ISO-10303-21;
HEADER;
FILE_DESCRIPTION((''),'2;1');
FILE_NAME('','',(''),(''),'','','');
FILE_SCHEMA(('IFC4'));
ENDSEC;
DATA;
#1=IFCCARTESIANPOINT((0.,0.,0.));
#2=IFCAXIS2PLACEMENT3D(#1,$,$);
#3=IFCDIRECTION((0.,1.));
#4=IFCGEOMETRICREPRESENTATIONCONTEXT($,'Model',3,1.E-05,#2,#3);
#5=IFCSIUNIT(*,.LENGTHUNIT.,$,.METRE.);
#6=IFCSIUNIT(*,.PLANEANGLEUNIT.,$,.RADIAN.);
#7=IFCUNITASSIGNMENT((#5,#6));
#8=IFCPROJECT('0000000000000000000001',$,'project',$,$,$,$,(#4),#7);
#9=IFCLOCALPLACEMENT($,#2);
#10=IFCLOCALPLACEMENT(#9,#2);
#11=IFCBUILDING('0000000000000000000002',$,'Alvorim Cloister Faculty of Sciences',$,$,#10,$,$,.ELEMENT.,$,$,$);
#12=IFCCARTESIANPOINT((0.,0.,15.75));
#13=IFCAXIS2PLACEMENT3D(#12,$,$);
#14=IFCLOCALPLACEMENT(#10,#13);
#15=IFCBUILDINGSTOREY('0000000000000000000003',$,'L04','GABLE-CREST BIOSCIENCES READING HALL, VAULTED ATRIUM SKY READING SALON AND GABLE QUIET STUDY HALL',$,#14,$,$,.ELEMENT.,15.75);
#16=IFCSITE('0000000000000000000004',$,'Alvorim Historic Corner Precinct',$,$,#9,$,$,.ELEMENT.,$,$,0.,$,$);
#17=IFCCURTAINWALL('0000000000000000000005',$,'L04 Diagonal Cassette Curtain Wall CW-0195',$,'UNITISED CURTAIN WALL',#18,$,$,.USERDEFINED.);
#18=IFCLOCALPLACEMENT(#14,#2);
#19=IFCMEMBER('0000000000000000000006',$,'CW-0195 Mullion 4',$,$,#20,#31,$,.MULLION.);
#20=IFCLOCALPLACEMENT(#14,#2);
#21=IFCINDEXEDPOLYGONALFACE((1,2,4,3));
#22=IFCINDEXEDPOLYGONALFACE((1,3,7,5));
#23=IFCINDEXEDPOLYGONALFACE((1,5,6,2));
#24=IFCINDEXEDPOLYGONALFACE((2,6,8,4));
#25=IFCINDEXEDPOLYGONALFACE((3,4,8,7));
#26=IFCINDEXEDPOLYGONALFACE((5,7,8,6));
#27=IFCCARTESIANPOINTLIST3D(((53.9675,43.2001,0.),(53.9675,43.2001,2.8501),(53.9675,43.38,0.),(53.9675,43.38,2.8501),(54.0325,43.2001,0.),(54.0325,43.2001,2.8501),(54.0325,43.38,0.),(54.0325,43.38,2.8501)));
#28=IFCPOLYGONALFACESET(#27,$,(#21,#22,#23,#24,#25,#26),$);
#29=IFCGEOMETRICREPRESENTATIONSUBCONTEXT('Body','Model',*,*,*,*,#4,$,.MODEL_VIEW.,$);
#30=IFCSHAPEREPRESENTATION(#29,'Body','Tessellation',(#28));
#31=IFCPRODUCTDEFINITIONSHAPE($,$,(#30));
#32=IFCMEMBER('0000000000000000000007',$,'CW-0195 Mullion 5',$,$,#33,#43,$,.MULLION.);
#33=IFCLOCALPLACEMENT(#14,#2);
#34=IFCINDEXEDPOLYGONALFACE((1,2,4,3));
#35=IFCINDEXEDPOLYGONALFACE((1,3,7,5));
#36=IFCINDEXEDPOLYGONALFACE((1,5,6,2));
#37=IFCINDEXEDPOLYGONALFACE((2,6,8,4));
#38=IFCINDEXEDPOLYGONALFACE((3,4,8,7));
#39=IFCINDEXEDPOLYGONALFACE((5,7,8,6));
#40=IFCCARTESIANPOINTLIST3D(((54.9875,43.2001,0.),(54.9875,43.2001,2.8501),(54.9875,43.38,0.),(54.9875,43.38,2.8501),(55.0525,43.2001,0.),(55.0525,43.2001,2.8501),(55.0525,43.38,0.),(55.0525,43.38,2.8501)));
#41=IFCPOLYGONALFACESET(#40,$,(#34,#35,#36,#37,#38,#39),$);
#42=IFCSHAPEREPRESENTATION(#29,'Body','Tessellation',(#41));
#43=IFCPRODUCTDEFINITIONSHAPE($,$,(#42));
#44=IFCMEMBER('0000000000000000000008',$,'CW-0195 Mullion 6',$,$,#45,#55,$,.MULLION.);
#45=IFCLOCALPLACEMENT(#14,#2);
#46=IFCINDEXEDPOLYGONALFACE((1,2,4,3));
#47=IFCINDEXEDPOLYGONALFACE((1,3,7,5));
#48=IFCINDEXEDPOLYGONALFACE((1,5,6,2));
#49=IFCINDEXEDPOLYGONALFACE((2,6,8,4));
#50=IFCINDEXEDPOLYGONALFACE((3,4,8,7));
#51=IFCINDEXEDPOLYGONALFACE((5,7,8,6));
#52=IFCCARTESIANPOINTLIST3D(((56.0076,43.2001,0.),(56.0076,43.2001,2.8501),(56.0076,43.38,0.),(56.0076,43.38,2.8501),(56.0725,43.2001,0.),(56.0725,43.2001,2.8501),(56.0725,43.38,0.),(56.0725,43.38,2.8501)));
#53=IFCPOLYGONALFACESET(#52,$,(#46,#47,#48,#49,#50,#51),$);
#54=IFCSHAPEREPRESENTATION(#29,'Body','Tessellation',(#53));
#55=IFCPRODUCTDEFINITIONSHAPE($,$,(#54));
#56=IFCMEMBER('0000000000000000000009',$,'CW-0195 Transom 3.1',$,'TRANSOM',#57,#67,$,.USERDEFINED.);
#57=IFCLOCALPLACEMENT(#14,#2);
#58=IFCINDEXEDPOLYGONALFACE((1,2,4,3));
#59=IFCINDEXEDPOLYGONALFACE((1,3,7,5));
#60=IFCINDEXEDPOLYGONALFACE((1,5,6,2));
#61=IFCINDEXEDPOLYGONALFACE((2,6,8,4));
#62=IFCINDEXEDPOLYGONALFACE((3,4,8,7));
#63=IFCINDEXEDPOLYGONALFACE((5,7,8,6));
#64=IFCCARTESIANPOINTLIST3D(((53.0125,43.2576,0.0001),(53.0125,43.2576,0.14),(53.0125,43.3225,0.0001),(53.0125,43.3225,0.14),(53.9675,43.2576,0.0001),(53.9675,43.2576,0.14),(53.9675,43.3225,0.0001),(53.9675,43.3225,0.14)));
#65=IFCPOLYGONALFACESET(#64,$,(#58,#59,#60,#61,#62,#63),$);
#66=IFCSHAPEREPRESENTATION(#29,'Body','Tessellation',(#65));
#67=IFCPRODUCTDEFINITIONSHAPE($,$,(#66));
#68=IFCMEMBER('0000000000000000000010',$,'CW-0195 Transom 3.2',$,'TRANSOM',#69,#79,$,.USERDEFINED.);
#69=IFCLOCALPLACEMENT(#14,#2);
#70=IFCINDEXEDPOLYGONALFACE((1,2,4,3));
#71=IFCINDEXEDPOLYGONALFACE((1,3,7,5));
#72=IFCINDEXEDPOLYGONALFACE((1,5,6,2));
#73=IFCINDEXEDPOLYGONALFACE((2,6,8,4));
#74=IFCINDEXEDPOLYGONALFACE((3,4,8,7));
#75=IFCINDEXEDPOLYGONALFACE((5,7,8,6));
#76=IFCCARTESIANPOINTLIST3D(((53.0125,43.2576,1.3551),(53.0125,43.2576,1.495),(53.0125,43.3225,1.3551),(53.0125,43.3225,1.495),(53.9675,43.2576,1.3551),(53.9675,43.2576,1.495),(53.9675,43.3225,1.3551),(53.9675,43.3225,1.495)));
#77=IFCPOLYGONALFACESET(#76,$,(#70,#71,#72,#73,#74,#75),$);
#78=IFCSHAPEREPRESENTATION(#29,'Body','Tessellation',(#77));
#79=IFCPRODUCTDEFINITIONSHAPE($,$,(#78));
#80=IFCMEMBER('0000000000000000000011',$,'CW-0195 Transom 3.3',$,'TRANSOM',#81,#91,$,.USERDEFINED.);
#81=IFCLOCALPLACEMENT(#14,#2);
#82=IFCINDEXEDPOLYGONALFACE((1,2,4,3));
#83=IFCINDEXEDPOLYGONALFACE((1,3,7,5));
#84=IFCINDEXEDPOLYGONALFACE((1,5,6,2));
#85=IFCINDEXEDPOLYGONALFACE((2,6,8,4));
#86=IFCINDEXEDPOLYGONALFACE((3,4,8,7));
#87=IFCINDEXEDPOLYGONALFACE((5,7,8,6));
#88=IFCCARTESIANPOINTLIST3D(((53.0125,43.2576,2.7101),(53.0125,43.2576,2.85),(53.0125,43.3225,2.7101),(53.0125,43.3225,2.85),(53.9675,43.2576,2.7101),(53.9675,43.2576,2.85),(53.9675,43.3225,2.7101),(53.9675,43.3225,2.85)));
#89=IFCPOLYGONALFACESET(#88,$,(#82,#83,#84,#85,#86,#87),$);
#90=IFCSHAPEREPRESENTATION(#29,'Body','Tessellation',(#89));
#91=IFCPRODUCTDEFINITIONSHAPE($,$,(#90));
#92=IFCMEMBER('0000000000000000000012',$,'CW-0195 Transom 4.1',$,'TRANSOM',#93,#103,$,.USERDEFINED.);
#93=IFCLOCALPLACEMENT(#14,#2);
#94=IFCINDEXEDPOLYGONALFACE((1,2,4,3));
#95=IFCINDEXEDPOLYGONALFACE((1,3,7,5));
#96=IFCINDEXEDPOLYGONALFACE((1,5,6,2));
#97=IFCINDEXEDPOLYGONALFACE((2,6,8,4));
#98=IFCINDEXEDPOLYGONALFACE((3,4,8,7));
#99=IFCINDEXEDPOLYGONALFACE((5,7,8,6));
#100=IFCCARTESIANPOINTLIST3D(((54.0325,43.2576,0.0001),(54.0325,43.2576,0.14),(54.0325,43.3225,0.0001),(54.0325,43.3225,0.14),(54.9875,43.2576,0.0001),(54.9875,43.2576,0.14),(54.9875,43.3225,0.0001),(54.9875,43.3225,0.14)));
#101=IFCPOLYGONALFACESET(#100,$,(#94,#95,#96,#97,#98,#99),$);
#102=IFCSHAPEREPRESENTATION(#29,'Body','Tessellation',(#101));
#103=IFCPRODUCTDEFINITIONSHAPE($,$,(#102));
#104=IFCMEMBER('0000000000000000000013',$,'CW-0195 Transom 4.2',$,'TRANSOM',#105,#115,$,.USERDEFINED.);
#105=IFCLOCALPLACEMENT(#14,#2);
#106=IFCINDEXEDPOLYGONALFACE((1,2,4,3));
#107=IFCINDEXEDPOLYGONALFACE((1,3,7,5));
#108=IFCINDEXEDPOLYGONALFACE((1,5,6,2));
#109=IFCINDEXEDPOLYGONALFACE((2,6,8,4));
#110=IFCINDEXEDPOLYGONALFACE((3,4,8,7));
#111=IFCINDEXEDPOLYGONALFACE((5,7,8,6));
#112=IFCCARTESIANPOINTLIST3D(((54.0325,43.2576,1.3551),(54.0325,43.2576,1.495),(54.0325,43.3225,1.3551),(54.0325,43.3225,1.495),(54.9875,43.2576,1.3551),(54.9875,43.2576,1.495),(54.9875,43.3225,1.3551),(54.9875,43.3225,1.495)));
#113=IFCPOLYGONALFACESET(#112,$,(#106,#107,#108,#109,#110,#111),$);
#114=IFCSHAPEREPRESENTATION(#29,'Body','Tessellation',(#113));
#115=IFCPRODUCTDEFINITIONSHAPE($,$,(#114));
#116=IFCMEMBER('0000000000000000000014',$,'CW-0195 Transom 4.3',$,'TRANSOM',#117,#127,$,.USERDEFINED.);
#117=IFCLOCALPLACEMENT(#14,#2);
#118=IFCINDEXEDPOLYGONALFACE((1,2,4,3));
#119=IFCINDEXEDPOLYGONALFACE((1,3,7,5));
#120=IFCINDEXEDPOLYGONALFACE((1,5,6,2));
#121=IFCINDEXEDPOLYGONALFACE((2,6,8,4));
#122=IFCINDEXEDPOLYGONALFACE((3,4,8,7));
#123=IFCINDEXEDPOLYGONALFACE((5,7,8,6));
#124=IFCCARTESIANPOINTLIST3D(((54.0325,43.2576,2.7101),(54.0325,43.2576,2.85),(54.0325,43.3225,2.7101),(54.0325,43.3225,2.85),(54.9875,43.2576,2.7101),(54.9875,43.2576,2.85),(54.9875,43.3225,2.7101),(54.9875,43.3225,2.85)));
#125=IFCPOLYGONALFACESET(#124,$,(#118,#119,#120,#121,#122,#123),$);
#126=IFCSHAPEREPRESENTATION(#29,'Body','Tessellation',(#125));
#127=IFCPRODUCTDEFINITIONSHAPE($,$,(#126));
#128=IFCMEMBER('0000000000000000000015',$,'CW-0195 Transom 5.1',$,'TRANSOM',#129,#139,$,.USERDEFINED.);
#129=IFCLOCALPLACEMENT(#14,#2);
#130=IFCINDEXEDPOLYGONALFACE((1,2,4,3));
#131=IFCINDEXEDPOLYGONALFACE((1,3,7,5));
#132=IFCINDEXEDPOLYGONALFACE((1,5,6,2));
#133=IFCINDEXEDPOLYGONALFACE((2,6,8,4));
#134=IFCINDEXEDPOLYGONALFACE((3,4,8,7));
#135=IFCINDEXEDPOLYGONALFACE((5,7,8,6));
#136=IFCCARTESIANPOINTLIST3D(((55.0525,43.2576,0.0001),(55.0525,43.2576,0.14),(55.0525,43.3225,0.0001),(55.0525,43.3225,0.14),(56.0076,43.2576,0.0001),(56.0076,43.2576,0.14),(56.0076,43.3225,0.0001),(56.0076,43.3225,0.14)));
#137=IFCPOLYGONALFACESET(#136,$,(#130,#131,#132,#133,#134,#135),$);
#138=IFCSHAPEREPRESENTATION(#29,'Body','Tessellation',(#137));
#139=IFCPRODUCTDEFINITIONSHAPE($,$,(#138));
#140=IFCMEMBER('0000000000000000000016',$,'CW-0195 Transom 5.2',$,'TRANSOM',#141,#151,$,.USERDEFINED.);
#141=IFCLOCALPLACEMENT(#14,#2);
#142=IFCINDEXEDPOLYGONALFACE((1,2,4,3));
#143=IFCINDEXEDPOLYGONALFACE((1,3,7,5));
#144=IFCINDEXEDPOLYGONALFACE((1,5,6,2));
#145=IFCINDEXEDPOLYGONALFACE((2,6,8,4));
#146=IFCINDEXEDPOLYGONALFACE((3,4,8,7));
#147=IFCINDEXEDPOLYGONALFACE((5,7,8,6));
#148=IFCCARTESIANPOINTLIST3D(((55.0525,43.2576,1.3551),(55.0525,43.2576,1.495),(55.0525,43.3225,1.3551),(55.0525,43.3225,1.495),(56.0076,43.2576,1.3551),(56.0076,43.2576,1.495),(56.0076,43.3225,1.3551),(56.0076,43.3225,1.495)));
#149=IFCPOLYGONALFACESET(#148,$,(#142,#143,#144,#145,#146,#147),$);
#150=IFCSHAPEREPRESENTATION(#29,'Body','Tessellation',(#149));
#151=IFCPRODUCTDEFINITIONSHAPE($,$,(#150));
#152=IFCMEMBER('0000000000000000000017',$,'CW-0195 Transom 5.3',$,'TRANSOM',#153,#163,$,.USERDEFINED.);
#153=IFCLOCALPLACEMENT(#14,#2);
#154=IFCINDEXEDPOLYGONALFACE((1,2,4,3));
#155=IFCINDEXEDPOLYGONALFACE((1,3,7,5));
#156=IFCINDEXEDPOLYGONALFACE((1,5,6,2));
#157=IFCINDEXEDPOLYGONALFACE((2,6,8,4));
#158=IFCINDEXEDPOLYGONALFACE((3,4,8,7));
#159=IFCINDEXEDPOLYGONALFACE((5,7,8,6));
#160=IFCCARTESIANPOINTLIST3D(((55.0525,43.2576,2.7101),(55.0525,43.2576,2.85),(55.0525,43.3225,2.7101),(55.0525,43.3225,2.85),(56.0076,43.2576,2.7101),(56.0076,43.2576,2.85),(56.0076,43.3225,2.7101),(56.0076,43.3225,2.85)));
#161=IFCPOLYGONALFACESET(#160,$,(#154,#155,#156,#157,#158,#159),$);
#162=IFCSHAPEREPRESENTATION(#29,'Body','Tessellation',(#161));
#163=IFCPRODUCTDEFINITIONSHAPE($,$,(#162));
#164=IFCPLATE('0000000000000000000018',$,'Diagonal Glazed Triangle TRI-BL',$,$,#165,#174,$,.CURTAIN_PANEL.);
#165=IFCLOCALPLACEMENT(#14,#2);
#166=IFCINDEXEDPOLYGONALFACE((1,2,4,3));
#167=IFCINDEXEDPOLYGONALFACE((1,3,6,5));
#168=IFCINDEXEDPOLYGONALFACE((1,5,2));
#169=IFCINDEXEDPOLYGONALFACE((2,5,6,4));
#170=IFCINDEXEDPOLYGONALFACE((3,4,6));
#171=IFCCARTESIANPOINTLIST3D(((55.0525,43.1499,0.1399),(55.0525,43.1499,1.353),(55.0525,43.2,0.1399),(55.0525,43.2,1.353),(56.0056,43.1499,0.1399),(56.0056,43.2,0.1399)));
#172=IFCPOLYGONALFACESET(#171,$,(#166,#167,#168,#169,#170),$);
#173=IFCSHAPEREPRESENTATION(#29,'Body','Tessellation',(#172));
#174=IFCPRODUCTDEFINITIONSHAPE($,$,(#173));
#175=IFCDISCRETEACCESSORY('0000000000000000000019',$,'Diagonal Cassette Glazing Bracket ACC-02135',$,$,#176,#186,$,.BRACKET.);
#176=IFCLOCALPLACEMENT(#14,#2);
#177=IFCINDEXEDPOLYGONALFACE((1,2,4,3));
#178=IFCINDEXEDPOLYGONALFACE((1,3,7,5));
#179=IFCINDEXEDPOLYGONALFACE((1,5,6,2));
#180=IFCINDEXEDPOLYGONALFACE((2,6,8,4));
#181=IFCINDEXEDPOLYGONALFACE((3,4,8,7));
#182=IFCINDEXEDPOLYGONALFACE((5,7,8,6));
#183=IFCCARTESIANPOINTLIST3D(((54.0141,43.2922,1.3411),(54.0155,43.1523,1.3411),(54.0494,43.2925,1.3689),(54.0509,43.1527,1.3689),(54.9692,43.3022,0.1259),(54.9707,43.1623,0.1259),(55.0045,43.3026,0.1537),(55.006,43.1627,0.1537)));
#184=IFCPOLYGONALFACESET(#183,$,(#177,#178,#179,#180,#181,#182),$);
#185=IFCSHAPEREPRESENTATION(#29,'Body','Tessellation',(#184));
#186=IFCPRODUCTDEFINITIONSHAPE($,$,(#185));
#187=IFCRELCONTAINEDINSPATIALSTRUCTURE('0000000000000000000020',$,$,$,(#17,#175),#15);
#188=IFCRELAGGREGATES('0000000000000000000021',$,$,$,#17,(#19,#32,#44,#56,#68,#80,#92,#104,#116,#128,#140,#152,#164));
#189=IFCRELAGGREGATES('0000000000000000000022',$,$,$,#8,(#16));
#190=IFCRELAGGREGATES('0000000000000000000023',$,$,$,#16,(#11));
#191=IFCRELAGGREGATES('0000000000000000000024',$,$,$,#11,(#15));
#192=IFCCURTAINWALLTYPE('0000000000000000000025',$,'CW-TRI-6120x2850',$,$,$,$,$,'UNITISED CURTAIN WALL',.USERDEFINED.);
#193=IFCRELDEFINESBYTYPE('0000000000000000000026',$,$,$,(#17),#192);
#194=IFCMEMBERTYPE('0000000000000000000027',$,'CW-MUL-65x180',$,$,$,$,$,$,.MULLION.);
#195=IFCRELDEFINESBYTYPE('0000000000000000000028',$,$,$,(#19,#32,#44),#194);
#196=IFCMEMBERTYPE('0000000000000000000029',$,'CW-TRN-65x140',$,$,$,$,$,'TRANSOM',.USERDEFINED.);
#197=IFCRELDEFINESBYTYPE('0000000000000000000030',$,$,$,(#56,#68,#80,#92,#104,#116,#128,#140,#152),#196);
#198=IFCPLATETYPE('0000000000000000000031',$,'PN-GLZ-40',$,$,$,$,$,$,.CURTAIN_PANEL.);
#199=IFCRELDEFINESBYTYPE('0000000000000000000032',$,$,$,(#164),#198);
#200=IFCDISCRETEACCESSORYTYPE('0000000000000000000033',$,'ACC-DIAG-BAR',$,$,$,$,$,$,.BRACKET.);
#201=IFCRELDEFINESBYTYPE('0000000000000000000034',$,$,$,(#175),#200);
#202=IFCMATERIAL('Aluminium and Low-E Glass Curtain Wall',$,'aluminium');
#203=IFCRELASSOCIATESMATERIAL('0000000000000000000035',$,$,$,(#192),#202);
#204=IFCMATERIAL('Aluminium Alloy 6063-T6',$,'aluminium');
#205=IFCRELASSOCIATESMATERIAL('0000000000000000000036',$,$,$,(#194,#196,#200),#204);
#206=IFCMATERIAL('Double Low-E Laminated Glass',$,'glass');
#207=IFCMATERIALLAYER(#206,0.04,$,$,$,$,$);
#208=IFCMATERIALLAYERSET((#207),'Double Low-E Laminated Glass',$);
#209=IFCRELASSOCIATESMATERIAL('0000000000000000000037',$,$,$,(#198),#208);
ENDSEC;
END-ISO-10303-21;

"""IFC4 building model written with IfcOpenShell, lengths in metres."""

from ifc_helpers import new_model, si_unit, direction, frame, origin, origin_2d, place, context, subcontext, project, spatial, polyline, rectangle, outline, extrude, material, layer, layer_set, material_profile, profile_set, type_object, element, aggregate, save


model = new_model("IFC4")

# Units and contexts
model_context = context("Model", 3, precision=1e-05, world=origin(), true_north=direction((0.0, 1.0)))
body_context = subcontext(model_context, "Body", "Model", "MODEL_VIEW")
ifc_project = project(units=[si_unit("LENGTHUNIT", "METRE"), si_unit("PLANEANGLEUNIT", "RADIAN")], contexts=[model_context])

# Site, building, storey
site_placement = place(None, origin())
site = spatial("IfcSite", under=ifc_project, at=site_placement, Name="Alvorim Historic Corner Precinct", CompositionType="ELEMENT", RefElevation=0.0)
building_placement = place(site_placement, origin())
building = spatial("IfcBuilding", under=site, at=building_placement, Name="Alvorim Cloister Faculty of Sciences", CompositionType="ELEMENT")
storey_placement = place(building_placement, frame((0.0, 0.0, 15.75)))
storey = spatial("IfcBuildingStorey", under=building, at=storey_placement, Name="L04", Description="GABLE-CREST BIOSCIENCES READING HALL, VAULTED ATRIUM SKY READING SALON AND GABLE QUIET STUDY HALL", CompositionType="ELEMENT", Elevation=15.75)

# Curtain wall, members, plate
ifc_material_1 = material(Name="Aluminium and Low-E Glass Curtain Wall", Category="aluminium")
curtain_wall_type = type_object("IfcCurtainWallType", Name="CW-TRI-6120x2850", ElementType="UNITISED CURTAIN WALL", PredefinedType="USERDEFINED", material=ifc_material_1)
curtain_wall_placement = place(storey_placement, origin())
curtain_wall = element("IfcCurtainWall", 1, at=curtain_wall_placement, inside=storey, type_object=curtain_wall_type, Name="L04 Diagonal Cassette Curtain Wall CW-0195", ObjectType="UNITISED CURTAIN WALL", PredefinedType="USERDEFINED")
ifc_material_2 = material(Name="Aluminium Alloy 6063-T6", Category="aluminium")
ifc_material_profile_1 = material_profile(ifc_material_2, rectangle(XDim=0.0649, YDim=0.1799, at=origin_2d()), Name="ALU-MUL-65x180")
ifc_profile_set_1 = profile_set([ifc_material_profile_1], Name="Aluminium Alloy 6063-T6")
member_type_1 = type_object("IfcMemberType", Name="CW-MUL-65x180", PredefinedType="MULLION", material=ifc_profile_set_1)
member_1_placement = place(storey_placement, frame((54.0, 43.29, 0.0), z_axis=(0.0, 0.0, 1.0), x_axis=(1.0, 0.0, 0.0)))
member_1 = element("IfcMember", 2, at=member_1_placement, type_object=member_type_1, Name="CW-0195 Mullion 4", PredefinedType="MULLION", context=body_context, shape_type="SweptSolid", body=[
    extrude(rectangle(XDim=0.0649, YDim=0.1799, at=origin_2d()), origin(), (0.0, 0.0, 1.0), 2.8501),
])
member_2_placement = place(storey_placement, frame((55.02, 43.29, 0.0), z_axis=(0.0, 0.0, 1.0), x_axis=(1.0, 0.0, 0.0)))
member_2 = element("IfcMember", 3, at=member_2_placement, type_object=member_type_1, Name="CW-0195 Mullion 5", PredefinedType="MULLION", context=body_context, shape_type="SweptSolid", body=[
    extrude(rectangle(XDim=0.0649, YDim=0.1799, at=origin_2d()), origin(), (0.0, 0.0, 1.0), 2.8501),
])
member_3_placement = place(storey_placement, frame((56.04, 43.29, 0.0), z_axis=(0.0, 0.0, 1.0), x_axis=(1.0, 0.0, 0.0)))
member_3 = element("IfcMember", 4, at=member_3_placement, type_object=member_type_1, Name="CW-0195 Mullion 6", PredefinedType="MULLION", context=body_context, shape_type="SweptSolid", body=[
    extrude(rectangle(XDim=0.0649, YDim=0.1799, at=origin_2d()), origin(), (0.0, 0.0, 1.0), 2.8501),
])
ifc_material_profile_2 = material_profile(ifc_material_2, rectangle(XDim=0.0649, YDim=0.1399, at=origin_2d()), Name="ALU-TRN-65x140")
ifc_profile_set_2 = profile_set([ifc_material_profile_2], Name="Aluminium Alloy 6063-T6")
member_type_2 = type_object("IfcMemberType", Name="CW-TRN-65x140", ElementType="TRANSOM", PredefinedType="USERDEFINED", material=ifc_profile_set_2)
member_4_placement = place(storey_placement, frame((53.0125, 43.29, 0.0701), z_axis=(1.0, 0.0, 0.0), x_axis=(0.0, 1.0, 0.0)))
member_4 = element("IfcMember", 5, at=member_4_placement, type_object=member_type_2, Name="CW-0195 Transom 3.1", ObjectType="TRANSOM", PredefinedType="USERDEFINED", context=body_context, shape_type="SweptSolid", body=[
    extrude(rectangle(XDim=0.0649, YDim=0.1399, at=origin_2d()), origin(), (0.0, 0.0, 1.0), 0.9551),
])
member_5_placement = place(storey_placement, frame((53.0125, 43.29, 1.425), z_axis=(1.0, 0.0, 0.0), x_axis=(0.0, 1.0, 0.0)))
member_5 = element("IfcMember", 6, at=member_5_placement, type_object=member_type_2, Name="CW-0195 Transom 3.2", ObjectType="TRANSOM", PredefinedType="USERDEFINED", context=body_context, shape_type="SweptSolid", body=[
    extrude(rectangle(XDim=0.0649, YDim=0.1399, at=origin_2d()), origin(), (0.0, 0.0, 1.0), 0.9551),
])
member_6_placement = place(storey_placement, frame((53.0125, 43.29, 2.78), z_axis=(1.0, 0.0, 0.0), x_axis=(0.0, 1.0, 0.0)))
member_6 = element("IfcMember", 7, at=member_6_placement, type_object=member_type_2, Name="CW-0195 Transom 3.3", ObjectType="TRANSOM", PredefinedType="USERDEFINED", context=body_context, shape_type="SweptSolid", body=[
    extrude(rectangle(XDim=0.0649, YDim=0.1399, at=origin_2d()), origin(), (0.0, 0.0, 1.0), 0.9551),
])
member_7_placement = place(storey_placement, frame((54.0325, 43.29, 0.0701), z_axis=(1.0, 0.0, 0.0), x_axis=(0.0, 1.0, 0.0)))
member_7 = element("IfcMember", 8, at=member_7_placement, type_object=member_type_2, Name="CW-0195 Transom 4.1", ObjectType="TRANSOM", PredefinedType="USERDEFINED", context=body_context, shape_type="SweptSolid", body=[
    extrude(rectangle(XDim=0.0649, YDim=0.1399, at=origin_2d()), origin(), (0.0, 0.0, 1.0), 0.9551),
])
member_8_placement = place(storey_placement, frame((54.0325, 43.29, 1.425), z_axis=(1.0, 0.0, 0.0), x_axis=(0.0, 1.0, 0.0)))
member_8 = element("IfcMember", 9, at=member_8_placement, type_object=member_type_2, Name="CW-0195 Transom 4.2", ObjectType="TRANSOM", PredefinedType="USERDEFINED", context=body_context, shape_type="SweptSolid", body=[
    extrude(rectangle(XDim=0.0649, YDim=0.1399, at=origin_2d()), origin(), (0.0, 0.0, 1.0), 0.9551),
])
member_9_placement = place(storey_placement, frame((54.0325, 43.29, 2.78), z_axis=(1.0, 0.0, 0.0), x_axis=(0.0, 1.0, 0.0)))
member_9 = element("IfcMember", 10, at=member_9_placement, type_object=member_type_2, Name="CW-0195 Transom 4.3", ObjectType="TRANSOM", PredefinedType="USERDEFINED", context=body_context, shape_type="SweptSolid", body=[
    extrude(rectangle(XDim=0.0649, YDim=0.1399, at=origin_2d()), origin(), (0.0, 0.0, 1.0), 0.9551),
])
member_10_placement = place(storey_placement, frame((55.0525, 43.29, 0.0701), z_axis=(1.0, 0.0, 0.0), x_axis=(0.0, 1.0, 0.0)))
member_10 = element("IfcMember", 11, at=member_10_placement, type_object=member_type_2, Name="CW-0195 Transom 5.1", ObjectType="TRANSOM", PredefinedType="USERDEFINED", context=body_context, shape_type="SweptSolid", body=[
    extrude(rectangle(XDim=0.0649, YDim=0.1399, at=origin_2d()), origin(), (0.0, 0.0, 1.0), 0.9551),
])
member_11_placement = place(storey_placement, frame((55.0525, 43.29, 1.425), z_axis=(1.0, 0.0, 0.0), x_axis=(0.0, 1.0, 0.0)))
member_11 = element("IfcMember", 12, at=member_11_placement, type_object=member_type_2, Name="CW-0195 Transom 5.2", ObjectType="TRANSOM", PredefinedType="USERDEFINED", context=body_context, shape_type="SweptSolid", body=[
    extrude(rectangle(XDim=0.0649, YDim=0.1399, at=origin_2d()), origin(), (0.0, 0.0, 1.0), 0.9551),
])
member_12_placement = place(storey_placement, frame((55.0525, 43.29, 2.78), z_axis=(1.0, 0.0, 0.0), x_axis=(0.0, 1.0, 0.0)))
member_12 = element("IfcMember", 13, at=member_12_placement, type_object=member_type_2, Name="CW-0195 Transom 5.3", ObjectType="TRANSOM", PredefinedType="USERDEFINED", context=body_context, shape_type="SweptSolid", body=[
    extrude(rectangle(XDim=0.0649, YDim=0.1399, at=origin_2d()), origin(), (0.0, 0.0, 1.0), 0.9551),
])
ifc_material_3 = material(Name="Double Low-E Laminated Glass", Category="glass")
ifc_layer = layer(ifc_material_3, 0.04)
ifc_layer_set = layer_set([ifc_layer], Name="Double Low-E Laminated Glass")
plate_type = type_object("IfcPlateType", Name="PN-GLZ-40", PredefinedType="CURTAIN_PANEL", material=ifc_layer_set)
plate_1_placement = place(storey_placement, frame((55.0525, 43.175, 0.1399), z_axis=(0.0, 0.0, 1.0), x_axis=(1.0, 0.0, 0.0)))
plate_1 = element("IfcPlate", 14, at=plate_1_placement, type_object=plate_type, Name="Diagonal Glazed Triangle TRI-BL", PredefinedType="CURTAIN_PANEL", context=body_context, shape_type="SweptSolid", body=[
    extrude(outline(polyline([(0.0, 0.0), (0.9531, 0.0), (0.0, 1.2131), (0.0, 0.0)])), frame((0.0, 0.0249, 0.0), z_axis=(0.0, -1.0, 0.0), x_axis=(1.0, 0.0, 0.0)), (0.0, 0.0, 1.0), 0.05),
])
aggregate(curtain_wall, [member_1, member_2, member_3, member_4, member_5, member_6, member_7, member_8, member_9, member_10, member_11, member_12, plate_1])

# Discrete accessory
discrete_accessory_type = type_object("IfcDiscreteAccessoryType", Name="ACC-DIAG-BAR", PredefinedType="BRACKET", material=ifc_material_2)
discrete_accessory_1_placement = place(storey_placement, frame((54.0325, 43.2224, 1.355), z_axis=(0.617955, 0.006477, -0.786187), x_axis=(-0.01048, 0.999945, 0.0)))
element("IfcDiscreteAccessory", 15, at=discrete_accessory_1_placement, inside=storey, type_object=discrete_accessory_type, Name="Diagonal Cassette Glazing Bracket ACC-02135", PredefinedType="BRACKET", context=body_context, shape_type="SweptSolid", body=[
    extrude(rectangle(XDim=0.1399, YDim=0.0449, at=origin_2d()), origin(), (0.0, 0.0, 1.0), 1.5457),
])

save(model, "model.ifc")
